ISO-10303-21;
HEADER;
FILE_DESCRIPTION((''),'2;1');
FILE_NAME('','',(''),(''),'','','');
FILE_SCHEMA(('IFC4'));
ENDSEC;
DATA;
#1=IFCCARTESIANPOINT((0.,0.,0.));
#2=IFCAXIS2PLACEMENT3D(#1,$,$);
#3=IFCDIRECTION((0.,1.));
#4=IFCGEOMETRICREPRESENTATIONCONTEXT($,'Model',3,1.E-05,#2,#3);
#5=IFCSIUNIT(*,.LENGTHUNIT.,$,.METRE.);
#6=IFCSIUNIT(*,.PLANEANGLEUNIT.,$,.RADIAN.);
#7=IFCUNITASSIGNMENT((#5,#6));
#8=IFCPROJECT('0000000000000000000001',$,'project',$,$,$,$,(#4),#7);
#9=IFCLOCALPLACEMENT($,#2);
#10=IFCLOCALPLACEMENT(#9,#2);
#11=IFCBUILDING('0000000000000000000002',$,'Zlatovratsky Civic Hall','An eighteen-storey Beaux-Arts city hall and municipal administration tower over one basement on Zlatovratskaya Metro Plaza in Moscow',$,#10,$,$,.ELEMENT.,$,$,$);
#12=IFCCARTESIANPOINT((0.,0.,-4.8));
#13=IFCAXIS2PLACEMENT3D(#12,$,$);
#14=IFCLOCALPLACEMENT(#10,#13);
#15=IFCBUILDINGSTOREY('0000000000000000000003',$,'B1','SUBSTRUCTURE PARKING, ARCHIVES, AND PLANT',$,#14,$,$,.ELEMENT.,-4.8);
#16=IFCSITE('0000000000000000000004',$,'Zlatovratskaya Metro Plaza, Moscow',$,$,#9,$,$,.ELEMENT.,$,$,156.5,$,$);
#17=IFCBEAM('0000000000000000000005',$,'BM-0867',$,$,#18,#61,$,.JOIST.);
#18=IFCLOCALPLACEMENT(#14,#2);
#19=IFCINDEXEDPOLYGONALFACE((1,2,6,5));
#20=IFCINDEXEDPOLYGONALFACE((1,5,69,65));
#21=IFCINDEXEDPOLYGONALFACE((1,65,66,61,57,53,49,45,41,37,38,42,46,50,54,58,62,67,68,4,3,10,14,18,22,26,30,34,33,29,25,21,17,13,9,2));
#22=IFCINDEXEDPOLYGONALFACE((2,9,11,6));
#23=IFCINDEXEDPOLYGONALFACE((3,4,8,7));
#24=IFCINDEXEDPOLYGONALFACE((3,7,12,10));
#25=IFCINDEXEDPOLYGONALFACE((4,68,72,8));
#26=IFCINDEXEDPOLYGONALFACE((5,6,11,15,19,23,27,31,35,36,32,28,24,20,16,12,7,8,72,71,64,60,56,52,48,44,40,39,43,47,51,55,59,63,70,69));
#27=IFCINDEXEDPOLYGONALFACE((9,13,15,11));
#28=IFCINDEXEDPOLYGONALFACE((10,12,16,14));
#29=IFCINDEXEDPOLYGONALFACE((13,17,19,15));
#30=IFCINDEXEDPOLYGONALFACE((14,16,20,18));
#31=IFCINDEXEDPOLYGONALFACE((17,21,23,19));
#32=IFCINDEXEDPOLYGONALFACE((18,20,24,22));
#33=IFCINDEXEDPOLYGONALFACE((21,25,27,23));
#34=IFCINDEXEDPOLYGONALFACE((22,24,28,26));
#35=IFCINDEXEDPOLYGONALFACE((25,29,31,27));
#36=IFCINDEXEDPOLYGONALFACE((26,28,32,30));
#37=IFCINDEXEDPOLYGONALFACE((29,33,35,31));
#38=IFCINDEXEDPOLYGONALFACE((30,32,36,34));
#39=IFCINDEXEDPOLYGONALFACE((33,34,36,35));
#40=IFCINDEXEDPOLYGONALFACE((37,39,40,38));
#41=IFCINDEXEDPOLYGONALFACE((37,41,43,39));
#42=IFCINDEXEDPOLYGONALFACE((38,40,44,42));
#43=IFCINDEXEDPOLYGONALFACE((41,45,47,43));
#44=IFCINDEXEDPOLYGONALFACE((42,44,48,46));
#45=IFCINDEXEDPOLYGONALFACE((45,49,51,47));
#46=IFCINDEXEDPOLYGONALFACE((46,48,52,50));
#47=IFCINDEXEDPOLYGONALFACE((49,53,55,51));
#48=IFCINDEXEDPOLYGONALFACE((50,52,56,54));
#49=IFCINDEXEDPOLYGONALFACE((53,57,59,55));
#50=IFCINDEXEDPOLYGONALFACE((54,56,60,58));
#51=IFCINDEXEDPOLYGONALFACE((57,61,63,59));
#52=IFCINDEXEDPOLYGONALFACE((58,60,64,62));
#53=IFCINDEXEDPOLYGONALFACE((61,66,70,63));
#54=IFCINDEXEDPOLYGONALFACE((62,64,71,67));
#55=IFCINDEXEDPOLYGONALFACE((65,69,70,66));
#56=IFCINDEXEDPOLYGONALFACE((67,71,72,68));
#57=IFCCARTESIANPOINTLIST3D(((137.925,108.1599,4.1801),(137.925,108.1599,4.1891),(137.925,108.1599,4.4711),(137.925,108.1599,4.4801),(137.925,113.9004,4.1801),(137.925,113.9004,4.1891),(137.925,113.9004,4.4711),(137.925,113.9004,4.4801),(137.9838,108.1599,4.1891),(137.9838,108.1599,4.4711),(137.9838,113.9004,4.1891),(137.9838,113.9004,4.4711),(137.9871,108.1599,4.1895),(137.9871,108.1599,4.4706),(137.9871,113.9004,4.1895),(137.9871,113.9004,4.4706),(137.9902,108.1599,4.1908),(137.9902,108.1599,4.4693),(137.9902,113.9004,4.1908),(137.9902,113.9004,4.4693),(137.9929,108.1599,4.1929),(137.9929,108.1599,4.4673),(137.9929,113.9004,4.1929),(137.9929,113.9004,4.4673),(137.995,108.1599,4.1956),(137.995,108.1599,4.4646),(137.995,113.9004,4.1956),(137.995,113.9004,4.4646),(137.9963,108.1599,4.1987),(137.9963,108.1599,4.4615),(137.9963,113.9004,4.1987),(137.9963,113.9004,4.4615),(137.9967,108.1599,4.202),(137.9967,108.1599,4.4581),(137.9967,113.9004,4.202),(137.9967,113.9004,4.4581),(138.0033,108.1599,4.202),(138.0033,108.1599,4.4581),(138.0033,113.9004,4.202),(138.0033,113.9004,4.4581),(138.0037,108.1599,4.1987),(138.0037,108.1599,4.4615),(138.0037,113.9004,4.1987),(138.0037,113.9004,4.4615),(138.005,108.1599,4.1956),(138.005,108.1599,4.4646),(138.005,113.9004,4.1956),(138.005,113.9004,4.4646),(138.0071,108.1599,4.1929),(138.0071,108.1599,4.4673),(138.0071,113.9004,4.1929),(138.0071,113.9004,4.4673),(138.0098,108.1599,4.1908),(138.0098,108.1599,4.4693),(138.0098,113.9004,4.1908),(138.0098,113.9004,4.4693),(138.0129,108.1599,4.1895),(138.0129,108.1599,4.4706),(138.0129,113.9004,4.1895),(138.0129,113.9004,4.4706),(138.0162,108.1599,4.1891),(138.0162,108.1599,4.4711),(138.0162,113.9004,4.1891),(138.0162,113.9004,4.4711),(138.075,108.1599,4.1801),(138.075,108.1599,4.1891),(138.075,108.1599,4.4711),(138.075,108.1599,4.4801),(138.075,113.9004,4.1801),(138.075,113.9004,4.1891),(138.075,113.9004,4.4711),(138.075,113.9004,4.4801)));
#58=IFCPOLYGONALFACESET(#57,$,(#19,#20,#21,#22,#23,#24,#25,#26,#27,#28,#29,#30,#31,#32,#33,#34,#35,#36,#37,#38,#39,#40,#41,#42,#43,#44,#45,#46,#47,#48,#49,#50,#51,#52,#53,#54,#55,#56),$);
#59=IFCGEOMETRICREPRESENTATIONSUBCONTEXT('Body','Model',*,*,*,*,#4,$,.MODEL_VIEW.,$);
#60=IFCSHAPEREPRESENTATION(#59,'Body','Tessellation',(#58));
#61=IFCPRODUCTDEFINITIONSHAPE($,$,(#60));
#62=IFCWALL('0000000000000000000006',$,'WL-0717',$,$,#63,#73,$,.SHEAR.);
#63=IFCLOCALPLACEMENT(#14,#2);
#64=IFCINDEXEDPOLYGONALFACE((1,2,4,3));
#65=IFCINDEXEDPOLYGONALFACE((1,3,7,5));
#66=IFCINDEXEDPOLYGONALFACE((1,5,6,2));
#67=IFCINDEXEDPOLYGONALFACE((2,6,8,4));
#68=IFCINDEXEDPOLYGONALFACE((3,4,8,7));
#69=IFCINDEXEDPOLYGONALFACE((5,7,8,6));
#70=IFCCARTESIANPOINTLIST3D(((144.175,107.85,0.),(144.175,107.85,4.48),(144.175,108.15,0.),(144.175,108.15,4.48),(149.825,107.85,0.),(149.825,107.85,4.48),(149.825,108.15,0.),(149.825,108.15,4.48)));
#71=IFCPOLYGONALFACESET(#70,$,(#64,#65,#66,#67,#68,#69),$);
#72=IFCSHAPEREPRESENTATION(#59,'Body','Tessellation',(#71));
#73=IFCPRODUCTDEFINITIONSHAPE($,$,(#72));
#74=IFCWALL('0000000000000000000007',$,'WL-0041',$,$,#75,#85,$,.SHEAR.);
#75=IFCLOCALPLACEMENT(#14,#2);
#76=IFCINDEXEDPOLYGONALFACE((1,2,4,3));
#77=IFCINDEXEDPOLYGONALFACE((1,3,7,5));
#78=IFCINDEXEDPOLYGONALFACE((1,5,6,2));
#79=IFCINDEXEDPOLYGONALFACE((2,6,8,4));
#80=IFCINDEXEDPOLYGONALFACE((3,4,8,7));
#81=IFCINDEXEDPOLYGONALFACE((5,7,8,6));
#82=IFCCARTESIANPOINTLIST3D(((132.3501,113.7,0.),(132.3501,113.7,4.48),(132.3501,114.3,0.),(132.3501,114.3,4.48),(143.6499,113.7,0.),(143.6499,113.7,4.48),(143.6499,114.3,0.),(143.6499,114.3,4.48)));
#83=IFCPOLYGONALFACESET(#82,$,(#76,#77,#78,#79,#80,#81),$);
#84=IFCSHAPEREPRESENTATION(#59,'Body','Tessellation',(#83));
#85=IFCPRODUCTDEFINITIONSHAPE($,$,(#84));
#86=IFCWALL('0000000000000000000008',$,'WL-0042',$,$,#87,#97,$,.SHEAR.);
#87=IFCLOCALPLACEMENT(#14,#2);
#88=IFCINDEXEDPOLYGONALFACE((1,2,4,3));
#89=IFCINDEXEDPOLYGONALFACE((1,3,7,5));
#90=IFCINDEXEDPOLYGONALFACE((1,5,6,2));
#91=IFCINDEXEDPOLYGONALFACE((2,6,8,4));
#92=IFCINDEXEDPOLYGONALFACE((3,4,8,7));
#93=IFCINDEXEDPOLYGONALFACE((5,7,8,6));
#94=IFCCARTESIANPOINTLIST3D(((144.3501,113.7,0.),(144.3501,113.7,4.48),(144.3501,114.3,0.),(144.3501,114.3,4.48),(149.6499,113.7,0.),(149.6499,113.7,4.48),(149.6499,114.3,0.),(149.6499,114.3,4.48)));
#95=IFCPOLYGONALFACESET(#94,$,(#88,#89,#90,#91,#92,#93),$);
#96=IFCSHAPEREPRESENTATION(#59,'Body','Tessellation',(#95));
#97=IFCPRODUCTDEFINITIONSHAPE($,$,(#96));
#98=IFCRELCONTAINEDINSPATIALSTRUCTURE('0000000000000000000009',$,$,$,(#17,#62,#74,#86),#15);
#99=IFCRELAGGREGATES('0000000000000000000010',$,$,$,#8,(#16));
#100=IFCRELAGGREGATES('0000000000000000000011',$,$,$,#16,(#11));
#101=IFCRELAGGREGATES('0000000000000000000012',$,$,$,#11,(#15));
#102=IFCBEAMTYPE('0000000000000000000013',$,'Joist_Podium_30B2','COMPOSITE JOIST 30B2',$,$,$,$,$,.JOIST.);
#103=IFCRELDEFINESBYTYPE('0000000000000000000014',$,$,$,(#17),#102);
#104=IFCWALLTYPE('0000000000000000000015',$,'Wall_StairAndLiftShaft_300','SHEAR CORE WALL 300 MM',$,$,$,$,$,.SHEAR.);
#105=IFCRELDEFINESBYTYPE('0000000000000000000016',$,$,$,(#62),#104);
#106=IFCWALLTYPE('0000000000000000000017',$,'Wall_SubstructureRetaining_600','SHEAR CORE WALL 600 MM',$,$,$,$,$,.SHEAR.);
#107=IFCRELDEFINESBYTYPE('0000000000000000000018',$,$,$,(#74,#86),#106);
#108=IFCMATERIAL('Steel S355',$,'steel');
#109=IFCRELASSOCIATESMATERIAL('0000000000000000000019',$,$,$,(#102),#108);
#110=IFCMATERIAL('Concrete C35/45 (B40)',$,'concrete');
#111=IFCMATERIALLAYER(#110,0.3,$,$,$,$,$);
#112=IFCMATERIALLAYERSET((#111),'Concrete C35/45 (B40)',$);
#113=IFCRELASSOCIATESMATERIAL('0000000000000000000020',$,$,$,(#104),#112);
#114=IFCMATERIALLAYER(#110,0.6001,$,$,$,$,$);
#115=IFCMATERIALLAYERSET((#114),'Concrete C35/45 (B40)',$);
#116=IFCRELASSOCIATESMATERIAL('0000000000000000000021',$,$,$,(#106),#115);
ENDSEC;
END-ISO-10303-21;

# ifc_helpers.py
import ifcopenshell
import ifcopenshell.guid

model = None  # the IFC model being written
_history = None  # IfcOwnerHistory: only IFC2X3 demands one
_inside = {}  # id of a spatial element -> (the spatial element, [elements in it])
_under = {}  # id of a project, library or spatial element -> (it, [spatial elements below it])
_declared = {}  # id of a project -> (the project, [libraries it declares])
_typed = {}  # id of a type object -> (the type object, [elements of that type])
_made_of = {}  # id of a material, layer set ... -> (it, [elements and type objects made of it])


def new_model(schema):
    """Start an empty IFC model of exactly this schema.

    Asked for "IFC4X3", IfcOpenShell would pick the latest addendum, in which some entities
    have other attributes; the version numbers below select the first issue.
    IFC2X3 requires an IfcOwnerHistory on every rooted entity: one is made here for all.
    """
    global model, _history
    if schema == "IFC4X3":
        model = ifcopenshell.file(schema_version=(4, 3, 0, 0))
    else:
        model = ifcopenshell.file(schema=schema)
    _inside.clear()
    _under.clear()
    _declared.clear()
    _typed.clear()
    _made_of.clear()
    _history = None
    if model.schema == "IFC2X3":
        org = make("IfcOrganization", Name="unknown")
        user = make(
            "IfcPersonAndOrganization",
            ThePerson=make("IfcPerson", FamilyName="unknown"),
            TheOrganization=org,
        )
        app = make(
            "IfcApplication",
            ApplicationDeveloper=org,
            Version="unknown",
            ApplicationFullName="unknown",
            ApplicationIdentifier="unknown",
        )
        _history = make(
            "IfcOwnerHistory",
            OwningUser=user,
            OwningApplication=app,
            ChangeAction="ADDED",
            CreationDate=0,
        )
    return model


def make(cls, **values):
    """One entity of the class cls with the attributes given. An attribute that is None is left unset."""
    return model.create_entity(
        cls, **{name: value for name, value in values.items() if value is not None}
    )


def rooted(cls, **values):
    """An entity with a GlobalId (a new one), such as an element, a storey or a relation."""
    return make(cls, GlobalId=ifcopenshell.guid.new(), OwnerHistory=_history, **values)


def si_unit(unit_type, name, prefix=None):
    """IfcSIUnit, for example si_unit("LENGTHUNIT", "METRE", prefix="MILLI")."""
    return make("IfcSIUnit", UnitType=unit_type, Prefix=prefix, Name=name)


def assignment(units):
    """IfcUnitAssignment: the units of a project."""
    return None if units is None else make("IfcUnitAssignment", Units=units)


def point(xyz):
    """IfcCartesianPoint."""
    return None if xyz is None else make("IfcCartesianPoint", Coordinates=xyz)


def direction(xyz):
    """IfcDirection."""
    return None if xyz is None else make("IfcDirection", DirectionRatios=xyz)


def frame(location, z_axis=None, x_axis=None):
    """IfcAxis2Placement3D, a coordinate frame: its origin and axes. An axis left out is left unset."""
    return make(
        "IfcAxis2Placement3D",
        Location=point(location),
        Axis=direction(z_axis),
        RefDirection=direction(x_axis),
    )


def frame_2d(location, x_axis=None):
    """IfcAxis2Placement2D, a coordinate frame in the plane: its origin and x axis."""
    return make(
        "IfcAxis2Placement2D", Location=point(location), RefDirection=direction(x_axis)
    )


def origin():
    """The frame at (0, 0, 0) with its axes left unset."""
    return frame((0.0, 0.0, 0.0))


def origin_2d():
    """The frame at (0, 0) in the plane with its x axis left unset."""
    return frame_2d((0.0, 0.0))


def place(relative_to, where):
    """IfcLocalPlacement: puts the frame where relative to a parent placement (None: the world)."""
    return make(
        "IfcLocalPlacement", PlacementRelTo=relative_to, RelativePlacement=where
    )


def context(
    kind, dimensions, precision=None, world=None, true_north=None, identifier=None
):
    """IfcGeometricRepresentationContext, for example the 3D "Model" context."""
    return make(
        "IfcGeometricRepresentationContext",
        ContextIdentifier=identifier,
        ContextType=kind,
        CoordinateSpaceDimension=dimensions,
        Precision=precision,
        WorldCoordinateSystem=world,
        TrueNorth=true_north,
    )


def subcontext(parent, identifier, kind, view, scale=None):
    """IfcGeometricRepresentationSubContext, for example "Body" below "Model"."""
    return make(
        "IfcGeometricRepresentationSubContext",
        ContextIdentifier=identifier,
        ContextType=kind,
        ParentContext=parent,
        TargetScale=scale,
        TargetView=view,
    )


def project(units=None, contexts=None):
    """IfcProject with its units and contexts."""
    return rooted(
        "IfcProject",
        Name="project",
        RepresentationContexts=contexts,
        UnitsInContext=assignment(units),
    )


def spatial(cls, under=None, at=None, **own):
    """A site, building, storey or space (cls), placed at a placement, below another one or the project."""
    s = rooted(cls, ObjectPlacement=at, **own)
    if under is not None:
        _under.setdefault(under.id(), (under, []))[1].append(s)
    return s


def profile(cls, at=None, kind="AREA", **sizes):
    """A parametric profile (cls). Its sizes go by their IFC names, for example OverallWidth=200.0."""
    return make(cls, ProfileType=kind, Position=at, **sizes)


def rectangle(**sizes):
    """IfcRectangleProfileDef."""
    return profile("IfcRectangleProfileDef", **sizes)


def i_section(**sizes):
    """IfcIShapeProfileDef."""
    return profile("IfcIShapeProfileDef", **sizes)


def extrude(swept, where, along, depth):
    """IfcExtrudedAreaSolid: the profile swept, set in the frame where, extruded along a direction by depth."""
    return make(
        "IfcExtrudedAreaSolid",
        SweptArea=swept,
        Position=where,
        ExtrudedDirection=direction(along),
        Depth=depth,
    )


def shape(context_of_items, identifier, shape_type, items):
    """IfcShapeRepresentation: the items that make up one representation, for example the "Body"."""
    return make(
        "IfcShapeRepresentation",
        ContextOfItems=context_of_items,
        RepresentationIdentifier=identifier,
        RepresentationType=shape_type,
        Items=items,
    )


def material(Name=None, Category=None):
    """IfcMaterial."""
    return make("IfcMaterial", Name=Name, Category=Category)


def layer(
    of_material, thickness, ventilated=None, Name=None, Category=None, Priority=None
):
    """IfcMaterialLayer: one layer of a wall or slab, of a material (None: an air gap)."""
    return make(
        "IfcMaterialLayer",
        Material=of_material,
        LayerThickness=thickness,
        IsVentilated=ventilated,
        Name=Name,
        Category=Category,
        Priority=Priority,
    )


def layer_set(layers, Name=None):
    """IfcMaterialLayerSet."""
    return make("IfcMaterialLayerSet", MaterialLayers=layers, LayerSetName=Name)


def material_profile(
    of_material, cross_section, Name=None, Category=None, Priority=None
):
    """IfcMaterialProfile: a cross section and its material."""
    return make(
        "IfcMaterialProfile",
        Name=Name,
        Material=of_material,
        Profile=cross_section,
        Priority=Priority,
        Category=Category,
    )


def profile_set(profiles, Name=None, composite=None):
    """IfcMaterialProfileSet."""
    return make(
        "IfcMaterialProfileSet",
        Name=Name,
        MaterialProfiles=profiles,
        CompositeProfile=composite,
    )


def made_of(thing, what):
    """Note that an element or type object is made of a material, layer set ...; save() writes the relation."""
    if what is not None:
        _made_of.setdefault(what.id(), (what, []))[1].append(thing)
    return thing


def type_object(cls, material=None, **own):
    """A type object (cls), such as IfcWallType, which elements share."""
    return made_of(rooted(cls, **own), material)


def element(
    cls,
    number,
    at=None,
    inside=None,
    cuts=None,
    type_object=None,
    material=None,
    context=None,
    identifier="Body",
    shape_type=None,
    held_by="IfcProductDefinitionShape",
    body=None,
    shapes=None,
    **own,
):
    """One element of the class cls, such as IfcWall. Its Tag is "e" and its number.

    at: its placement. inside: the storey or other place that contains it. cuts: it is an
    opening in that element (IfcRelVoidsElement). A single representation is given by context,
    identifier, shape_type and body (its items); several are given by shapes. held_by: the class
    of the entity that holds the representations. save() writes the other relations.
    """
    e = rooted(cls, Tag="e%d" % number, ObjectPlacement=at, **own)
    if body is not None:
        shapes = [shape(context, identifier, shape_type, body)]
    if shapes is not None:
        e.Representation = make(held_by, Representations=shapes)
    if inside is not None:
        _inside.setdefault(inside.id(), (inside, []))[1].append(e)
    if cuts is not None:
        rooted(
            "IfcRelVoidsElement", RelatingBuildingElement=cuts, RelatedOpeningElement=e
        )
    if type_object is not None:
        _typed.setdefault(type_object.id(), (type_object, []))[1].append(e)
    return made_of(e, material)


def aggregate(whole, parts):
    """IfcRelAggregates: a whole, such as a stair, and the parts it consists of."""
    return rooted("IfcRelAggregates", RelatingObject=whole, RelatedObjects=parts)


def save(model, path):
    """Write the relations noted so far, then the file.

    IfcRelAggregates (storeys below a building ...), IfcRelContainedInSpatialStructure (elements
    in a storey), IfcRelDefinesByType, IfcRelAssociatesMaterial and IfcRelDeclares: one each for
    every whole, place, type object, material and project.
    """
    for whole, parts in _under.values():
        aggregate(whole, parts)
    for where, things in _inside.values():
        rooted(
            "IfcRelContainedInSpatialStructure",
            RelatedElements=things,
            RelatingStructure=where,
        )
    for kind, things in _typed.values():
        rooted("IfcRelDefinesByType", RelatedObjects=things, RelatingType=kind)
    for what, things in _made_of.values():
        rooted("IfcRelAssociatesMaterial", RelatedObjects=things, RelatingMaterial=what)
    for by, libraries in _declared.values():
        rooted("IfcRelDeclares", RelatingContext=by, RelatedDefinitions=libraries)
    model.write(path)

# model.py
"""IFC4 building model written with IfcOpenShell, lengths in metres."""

from ifc_helpers import new_model, si_unit, direction, frame, frame_2d, origin, origin_2d, place, context, subcontext, project, spatial, rectangle, i_section, extrude, material, layer, layer_set, material_profile, profile_set, type_object, element, save


model = new_model("IFC4")

# Units and contexts
model_context = context("Model", 3, precision=1e-05, world=origin(), true_north=direction((0.0, 1.0)))
body_context = subcontext(model_context, "Body", "Model", "MODEL_VIEW")
ifc_project = project(units=[si_unit("LENGTHUNIT", "METRE"), si_unit("PLANEANGLEUNIT", "RADIAN")], contexts=[model_context])

# Site, building, storey
site_placement = place(None, origin())
site = spatial("IfcSite", under=ifc_project, at=site_placement, Name="Zlatovratskaya Metro Plaza, Moscow", CompositionType="ELEMENT", RefElevation=156.5)
building_placement = place(site_placement, origin())
building = spatial("IfcBuilding", under=site, at=building_placement, Name="Zlatovratsky Civic Hall", Description="An eighteen-storey Beaux-Arts city hall and municipal administration tower over one basement on Zlatovratskaya Metro Plaza in Moscow", CompositionType="ELEMENT")
storey_placement = place(building_placement, frame((0.0, 0.0, -4.8)))
storey = spatial("IfcBuildingStorey", under=building, at=storey_placement, Name="B1", Description="SUBSTRUCTURE PARKING, ARCHIVES, AND PLANT", CompositionType="ELEMENT", Elevation=-4.8)

# Shared definitions
ifc_material_1 = material(Name="Concrete C35/45 (B40)", Category="concrete")
ifc_material_2 = material(Name="Steel S355", Category="steel")

# Beam
ifc_material_profile_1 = material_profile(ifc_material_2, i_section(OverallWidth=0.1499, OverallDepth=0.3, WebThickness=0.0066, FlangeThickness=0.009, FilletRadius=0.0129, at=origin_2d()), Name="30B2")
ifc_profile_set_1 = profile_set([ifc_material_profile_1], Name="Steel S355")
beam_type_1 = type_object("IfcBeamType", Name="Joist_Podium_30B2", Description="COMPOSITE JOIST 30B2", PredefinedType="JOIST", material=ifc_profile_set_1)
beam_1_placement = place(storey_placement, frame((138.0, 108.1599, 4.3301), z_axis=(0.0, 1.0, 0.0), x_axis=(-1.0, 0.0, 0.0)))
element("IfcBeam", 1, at=beam_1_placement, inside=storey, type_object=beam_type_1, Name="BM-0867", PredefinedType="JOIST", context=body_context, shape_type="SweptSolid", body=[
    extrude(i_section(OverallWidth=0.1499, OverallDepth=0.3, WebThickness=0.0066, FlangeThickness=0.009, FilletRadius=0.0129, at=origin_2d()), origin(), (0.0, 0.0, 1.0), 5.7405),
])

# Walls
ifc_layer_1 = layer(ifc_material_1, 0.3)
ifc_layer_set_1 = layer_set([ifc_layer_1], Name="Concrete C35/45 (B40)")
wall_type_1 = type_object("IfcWallType", Name="Wall_StairAndLiftShaft_300", Description="SHEAR CORE WALL 300 MM", PredefinedType="SHEAR", material=ifc_layer_set_1)
wall_1_placement = place(storey_placement, frame((144.175, 108.0, 0.0), z_axis=(0.0, 0.0, 1.0), x_axis=(1.0, 0.0, 0.0)))
element("IfcWall", 2, at=wall_1_placement, inside=storey, type_object=wall_type_1, Name="WL-0717", PredefinedType="SHEAR", context=body_context, shape_type="SweptSolid", body=[
    extrude(rectangle(XDim=5.6499, YDim=0.3, at=frame_2d((2.825, 0.0))), origin(), (0.0, 0.0, 1.0), 4.48),
])
ifc_layer_2 = layer(ifc_material_1, 0.6001)
ifc_layer_set_2 = layer_set([ifc_layer_2], Name="Concrete C35/45 (B40)")
wall_type_2 = type_object("IfcWallType", Name="Wall_SubstructureRetaining_600", Description="SHEAR CORE WALL 600 MM", PredefinedType="SHEAR", material=ifc_layer_set_2)
wall_2_placement = place(storey_placement, frame((132.3501, 114.0, 0.0), z_axis=(0.0, 0.0, 1.0), x_axis=(1.0, 0.0, 0.0)))
element("IfcWall", 3, at=wall_2_placement, inside=storey, type_object=wall_type_2, Name="WL-0041", PredefinedType="SHEAR", context=body_context, shape_type="SweptSolid", body=[
    extrude(rectangle(XDim=11.2998, YDim=0.6001, at=frame_2d((5.6499, 0.0))), origin(), (0.0, 0.0, 1.0), 4.48),
])
wall_3_placement = place(storey_placement, frame((144.3501, 114.0, 0.0), z_axis=(0.0, 0.0, 1.0), x_axis=(1.0, 0.0, 0.0)))
element("IfcWall", 4, at=wall_3_placement, inside=storey, type_object=wall_type_2, Name="WL-0042", PredefinedType="SHEAR", context=body_context, shape_type="SweptSolid", body=[
    extrude(rectangle(XDim=5.2998, YDim=0.6001, at=frame_2d((2.6499, 0.0))), origin(), (0.0, 0.0, 1.0), 4.48),
])

save(model, "model.ifc")
